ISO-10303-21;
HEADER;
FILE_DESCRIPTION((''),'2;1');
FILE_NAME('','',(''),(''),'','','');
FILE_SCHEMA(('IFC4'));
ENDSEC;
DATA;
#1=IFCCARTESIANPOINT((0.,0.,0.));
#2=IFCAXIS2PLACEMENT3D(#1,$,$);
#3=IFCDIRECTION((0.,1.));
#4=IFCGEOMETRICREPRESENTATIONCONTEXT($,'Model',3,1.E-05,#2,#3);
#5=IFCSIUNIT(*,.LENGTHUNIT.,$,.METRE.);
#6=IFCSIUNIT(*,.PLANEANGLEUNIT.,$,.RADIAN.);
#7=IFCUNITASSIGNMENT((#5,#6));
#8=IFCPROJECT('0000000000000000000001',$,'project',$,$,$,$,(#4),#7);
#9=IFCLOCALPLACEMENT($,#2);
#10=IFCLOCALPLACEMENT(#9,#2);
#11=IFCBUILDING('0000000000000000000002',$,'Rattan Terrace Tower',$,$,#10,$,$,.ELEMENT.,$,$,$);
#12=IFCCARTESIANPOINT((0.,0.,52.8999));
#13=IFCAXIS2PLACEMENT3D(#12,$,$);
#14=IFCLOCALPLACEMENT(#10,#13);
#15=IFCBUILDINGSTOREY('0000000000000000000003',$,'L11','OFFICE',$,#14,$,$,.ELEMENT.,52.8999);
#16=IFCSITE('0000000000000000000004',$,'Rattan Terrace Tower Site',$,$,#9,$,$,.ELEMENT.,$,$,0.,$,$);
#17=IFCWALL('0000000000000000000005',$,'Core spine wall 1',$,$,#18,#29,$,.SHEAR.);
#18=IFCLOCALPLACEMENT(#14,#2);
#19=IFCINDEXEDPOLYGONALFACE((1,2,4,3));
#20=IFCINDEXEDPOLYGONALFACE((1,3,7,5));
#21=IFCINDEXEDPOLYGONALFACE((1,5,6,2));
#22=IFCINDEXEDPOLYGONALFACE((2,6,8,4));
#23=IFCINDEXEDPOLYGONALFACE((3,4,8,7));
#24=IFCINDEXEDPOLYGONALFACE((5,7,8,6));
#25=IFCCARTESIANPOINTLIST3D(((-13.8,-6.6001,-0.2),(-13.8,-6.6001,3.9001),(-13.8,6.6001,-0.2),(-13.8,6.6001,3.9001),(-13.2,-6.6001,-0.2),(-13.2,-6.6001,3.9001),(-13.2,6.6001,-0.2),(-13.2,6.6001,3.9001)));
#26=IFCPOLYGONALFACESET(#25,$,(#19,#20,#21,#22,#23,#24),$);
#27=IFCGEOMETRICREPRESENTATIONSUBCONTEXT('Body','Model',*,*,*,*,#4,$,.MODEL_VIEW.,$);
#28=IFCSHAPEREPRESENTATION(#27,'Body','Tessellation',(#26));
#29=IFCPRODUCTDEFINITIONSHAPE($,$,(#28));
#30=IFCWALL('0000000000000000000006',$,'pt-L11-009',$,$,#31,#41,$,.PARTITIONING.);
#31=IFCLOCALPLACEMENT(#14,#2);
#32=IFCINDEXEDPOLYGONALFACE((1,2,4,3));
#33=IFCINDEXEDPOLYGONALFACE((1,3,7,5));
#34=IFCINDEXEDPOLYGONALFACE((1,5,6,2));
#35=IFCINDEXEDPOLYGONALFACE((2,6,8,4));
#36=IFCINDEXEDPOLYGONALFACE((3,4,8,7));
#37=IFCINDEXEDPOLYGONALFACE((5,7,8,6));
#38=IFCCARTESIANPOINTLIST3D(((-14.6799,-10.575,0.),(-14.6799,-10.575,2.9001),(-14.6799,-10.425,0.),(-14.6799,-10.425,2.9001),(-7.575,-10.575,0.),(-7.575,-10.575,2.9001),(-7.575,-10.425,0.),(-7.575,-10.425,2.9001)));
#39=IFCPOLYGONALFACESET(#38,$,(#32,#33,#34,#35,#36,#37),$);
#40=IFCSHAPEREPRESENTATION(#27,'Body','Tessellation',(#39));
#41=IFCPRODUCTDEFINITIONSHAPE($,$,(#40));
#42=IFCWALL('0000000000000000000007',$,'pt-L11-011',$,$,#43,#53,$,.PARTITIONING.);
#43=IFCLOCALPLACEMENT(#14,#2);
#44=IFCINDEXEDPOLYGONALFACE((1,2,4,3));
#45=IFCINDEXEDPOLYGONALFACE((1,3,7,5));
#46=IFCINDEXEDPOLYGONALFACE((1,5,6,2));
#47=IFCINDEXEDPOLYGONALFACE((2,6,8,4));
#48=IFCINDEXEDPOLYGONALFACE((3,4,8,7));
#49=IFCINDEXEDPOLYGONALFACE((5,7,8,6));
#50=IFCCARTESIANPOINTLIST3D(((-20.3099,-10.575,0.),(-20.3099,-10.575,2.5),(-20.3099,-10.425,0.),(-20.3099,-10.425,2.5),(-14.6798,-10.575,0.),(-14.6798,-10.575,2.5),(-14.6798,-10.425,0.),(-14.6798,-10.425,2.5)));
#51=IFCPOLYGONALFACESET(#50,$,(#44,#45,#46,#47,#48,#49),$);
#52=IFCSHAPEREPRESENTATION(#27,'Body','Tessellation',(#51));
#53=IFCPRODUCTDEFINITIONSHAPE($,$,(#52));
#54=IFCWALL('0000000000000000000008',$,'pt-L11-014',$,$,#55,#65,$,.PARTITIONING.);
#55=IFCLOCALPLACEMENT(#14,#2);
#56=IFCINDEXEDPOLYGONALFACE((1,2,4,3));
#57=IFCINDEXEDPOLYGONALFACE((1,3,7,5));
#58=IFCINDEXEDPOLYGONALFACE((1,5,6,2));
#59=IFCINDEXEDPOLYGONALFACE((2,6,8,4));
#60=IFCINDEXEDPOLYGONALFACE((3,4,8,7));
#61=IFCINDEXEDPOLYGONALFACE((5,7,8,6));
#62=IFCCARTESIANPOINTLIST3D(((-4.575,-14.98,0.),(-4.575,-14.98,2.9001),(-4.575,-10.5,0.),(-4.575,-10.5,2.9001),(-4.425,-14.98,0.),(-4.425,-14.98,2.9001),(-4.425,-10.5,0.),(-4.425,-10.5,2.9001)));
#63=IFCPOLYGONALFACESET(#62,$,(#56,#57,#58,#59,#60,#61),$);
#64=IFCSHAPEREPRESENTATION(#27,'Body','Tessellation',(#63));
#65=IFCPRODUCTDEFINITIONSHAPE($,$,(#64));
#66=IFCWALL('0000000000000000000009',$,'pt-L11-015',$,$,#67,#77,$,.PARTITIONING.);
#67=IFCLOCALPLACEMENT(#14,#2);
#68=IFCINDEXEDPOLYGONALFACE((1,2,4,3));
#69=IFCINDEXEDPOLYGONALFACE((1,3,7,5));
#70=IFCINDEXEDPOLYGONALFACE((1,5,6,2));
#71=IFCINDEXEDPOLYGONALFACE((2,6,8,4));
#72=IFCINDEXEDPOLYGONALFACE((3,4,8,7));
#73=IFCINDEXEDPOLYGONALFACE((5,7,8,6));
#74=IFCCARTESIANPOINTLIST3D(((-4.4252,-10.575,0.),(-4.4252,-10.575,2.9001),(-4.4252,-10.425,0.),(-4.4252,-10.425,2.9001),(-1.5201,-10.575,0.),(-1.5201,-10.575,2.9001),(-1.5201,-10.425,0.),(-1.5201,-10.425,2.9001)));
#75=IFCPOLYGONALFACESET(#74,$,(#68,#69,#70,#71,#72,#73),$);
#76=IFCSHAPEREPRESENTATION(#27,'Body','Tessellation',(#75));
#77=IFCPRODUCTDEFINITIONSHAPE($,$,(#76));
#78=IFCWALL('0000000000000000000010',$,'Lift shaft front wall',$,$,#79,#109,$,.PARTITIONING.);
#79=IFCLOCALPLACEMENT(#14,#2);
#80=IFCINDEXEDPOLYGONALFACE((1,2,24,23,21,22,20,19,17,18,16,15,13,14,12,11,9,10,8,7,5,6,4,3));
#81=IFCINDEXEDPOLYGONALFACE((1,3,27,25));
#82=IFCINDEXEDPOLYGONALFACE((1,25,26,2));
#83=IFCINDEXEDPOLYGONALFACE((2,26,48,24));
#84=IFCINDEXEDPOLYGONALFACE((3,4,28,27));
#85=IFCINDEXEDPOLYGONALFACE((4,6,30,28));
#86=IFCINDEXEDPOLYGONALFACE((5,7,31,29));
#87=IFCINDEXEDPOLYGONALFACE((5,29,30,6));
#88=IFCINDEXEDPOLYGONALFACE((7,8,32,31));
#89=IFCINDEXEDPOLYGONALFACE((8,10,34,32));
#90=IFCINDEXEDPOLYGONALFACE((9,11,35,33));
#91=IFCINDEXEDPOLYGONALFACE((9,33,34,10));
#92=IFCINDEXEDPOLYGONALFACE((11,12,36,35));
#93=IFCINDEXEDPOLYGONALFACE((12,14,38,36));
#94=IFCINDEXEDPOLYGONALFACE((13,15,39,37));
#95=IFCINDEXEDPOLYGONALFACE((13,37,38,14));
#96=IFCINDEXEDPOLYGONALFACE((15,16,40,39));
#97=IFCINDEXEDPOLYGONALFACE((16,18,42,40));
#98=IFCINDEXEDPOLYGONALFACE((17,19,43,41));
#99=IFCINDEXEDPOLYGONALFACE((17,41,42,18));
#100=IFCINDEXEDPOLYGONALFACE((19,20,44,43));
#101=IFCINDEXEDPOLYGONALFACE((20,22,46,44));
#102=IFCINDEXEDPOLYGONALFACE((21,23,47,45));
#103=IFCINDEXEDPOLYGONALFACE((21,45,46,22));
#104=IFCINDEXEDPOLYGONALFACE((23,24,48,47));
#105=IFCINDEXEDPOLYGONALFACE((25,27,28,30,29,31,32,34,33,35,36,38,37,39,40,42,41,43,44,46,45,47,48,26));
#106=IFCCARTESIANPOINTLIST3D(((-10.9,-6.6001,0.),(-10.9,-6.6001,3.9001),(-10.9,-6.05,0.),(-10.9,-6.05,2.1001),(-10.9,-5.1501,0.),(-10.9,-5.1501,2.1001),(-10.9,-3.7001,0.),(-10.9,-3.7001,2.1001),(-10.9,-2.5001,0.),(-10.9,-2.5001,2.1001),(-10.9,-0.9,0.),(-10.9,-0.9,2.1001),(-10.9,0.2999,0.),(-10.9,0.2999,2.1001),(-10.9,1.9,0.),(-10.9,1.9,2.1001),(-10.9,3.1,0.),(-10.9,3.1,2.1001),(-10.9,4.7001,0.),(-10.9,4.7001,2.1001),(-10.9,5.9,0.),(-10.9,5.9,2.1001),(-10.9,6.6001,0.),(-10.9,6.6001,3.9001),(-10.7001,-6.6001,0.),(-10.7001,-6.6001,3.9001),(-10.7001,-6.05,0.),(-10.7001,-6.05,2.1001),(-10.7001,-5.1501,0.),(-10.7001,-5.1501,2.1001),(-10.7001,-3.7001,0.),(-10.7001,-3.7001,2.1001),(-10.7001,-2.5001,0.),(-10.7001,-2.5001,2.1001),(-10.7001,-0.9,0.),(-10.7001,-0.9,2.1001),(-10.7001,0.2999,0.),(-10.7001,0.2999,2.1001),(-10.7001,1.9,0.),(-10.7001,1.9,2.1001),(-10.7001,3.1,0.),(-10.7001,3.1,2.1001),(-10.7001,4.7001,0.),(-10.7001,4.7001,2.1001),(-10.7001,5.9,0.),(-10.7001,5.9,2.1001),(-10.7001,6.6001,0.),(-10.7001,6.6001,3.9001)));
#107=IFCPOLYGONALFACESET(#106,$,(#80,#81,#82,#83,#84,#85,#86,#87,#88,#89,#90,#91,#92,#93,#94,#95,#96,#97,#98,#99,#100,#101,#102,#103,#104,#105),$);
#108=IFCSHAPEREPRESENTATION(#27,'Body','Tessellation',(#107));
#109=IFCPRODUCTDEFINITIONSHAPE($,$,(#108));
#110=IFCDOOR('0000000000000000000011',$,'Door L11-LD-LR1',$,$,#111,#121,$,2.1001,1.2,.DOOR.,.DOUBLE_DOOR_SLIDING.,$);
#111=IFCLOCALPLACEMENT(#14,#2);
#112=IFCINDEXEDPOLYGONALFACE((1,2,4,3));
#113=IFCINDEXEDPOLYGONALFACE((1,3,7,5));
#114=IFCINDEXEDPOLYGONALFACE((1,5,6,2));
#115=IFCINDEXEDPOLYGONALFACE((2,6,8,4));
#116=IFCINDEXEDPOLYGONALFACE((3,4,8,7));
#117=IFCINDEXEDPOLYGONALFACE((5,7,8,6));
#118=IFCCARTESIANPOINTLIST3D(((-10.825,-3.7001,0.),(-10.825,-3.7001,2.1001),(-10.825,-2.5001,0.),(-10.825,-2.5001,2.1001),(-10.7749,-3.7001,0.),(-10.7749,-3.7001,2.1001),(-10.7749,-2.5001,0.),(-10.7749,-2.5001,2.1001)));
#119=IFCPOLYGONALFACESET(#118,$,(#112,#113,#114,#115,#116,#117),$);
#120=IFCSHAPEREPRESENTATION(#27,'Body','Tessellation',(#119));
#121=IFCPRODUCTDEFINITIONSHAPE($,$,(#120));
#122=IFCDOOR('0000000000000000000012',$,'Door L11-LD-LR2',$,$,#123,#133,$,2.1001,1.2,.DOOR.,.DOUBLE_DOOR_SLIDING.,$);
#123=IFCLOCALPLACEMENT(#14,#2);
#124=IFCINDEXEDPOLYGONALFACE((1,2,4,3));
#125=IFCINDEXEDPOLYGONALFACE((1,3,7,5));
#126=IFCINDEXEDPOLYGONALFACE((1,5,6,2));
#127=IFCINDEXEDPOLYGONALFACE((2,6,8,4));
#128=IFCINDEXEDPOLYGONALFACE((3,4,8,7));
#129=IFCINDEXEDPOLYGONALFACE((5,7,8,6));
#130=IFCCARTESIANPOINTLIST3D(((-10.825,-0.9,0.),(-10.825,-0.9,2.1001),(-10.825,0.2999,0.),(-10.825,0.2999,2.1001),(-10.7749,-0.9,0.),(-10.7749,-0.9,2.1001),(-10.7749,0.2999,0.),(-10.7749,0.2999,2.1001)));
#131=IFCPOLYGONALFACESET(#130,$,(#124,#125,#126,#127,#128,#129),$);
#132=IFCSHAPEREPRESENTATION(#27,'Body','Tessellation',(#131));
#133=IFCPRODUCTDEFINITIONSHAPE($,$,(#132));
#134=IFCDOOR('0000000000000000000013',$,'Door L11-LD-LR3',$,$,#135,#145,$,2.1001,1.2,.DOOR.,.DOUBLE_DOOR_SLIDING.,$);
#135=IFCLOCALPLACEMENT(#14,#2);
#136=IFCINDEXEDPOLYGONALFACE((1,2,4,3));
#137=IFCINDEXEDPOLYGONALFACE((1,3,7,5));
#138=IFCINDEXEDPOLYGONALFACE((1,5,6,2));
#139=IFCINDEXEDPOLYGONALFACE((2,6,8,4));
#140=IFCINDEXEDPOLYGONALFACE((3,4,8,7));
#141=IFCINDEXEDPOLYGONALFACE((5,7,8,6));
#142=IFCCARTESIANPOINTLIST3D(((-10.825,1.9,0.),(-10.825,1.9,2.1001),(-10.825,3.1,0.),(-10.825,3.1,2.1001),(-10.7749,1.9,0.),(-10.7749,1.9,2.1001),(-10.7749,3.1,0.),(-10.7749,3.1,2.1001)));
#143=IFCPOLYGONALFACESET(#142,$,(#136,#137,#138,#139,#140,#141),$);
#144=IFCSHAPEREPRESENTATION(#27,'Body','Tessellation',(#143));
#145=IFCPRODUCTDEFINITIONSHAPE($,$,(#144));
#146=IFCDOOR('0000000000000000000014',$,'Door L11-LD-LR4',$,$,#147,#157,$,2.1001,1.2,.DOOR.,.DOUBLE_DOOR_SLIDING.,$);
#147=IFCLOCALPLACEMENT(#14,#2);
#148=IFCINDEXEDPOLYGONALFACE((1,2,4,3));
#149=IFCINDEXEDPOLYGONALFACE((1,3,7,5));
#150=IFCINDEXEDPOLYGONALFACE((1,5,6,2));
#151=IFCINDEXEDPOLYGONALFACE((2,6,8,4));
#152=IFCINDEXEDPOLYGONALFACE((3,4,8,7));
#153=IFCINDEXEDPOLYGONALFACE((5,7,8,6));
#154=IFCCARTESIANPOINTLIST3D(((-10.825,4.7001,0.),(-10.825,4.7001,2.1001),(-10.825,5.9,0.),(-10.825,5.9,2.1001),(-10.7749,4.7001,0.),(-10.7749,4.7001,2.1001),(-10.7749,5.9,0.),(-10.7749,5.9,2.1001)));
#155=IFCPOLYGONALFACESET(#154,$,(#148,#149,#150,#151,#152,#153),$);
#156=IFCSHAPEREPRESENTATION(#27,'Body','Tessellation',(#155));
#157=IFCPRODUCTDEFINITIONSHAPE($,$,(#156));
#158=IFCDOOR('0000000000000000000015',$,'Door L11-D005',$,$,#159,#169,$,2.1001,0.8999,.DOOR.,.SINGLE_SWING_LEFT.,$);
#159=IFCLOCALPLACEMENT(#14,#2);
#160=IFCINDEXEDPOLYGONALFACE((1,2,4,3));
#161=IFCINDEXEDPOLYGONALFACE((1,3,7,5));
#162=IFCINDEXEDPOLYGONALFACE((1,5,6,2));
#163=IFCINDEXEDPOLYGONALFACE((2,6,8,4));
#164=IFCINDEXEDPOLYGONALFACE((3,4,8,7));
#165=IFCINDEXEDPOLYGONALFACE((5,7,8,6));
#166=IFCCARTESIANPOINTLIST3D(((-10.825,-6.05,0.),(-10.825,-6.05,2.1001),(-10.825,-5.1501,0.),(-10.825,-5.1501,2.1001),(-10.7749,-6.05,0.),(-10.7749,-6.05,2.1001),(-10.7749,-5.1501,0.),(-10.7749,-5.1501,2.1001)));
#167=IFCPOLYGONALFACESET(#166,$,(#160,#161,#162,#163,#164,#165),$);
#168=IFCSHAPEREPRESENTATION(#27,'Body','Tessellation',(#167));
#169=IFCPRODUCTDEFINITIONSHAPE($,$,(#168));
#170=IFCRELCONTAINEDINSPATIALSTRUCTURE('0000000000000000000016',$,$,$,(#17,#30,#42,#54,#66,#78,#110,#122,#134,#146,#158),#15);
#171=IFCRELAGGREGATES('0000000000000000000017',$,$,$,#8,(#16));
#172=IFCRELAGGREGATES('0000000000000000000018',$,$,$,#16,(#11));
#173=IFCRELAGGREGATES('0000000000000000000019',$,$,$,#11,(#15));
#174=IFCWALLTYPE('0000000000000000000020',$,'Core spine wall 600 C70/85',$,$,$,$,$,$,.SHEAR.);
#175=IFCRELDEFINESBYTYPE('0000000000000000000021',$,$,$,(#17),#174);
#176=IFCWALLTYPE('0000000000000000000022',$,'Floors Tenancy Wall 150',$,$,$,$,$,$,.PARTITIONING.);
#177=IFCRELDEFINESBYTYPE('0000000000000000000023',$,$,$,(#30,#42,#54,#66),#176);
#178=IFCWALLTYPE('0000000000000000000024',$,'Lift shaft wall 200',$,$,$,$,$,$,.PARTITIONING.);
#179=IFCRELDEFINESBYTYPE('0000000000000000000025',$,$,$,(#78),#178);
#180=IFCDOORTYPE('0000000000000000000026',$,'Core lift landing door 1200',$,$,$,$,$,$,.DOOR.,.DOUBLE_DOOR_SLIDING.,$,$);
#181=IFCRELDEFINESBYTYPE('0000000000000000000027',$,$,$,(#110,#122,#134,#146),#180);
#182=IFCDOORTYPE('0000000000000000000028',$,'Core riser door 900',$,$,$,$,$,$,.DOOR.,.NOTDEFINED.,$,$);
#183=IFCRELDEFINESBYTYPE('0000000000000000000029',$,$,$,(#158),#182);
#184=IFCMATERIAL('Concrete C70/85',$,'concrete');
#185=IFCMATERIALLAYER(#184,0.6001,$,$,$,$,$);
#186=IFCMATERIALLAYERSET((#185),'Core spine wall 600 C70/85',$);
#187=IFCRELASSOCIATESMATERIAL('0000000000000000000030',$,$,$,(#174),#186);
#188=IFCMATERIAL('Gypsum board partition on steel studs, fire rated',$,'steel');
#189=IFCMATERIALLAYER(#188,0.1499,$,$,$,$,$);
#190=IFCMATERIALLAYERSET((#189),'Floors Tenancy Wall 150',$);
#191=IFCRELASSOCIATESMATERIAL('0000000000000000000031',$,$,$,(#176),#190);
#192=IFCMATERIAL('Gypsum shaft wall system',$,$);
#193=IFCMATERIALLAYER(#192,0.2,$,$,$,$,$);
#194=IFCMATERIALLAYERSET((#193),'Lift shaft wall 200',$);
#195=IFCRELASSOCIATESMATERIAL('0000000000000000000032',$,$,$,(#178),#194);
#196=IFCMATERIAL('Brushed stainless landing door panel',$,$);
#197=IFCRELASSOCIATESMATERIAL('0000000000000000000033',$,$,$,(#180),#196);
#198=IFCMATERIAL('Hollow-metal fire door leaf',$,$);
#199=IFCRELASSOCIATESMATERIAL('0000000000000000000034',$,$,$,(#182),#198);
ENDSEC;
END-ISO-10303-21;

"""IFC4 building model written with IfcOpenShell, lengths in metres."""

from ifc_helpers import new_model, si_unit, direction, frame, frame_2d, origin, place, context, subcontext, project, spatial, rectangle, extrude, material, layer, layer_set, type_object, element, fill, save


model = new_model("IFC4")

# Units and contexts
model_context = context("Model", 3, precision=1e-05, world=origin(), true_north=direction((0.0, 1.0)))
body_context = subcontext(model_context, "Body", "Model", "MODEL_VIEW")
ifc_project = project(units=[si_unit("LENGTHUNIT", "METRE"), si_unit("PLANEANGLEUNIT", "RADIAN")], contexts=[model_context])

# Site, building, storey
site_placement = place(None, origin())
site = spatial("IfcSite", under=ifc_project, at=site_placement, Name="Rattan Terrace Tower Site", CompositionType="ELEMENT", RefElevation=0.0)
building_placement = place(site_placement, origin())
building = spatial("IfcBuilding", under=site, at=building_placement, Name="Rattan Terrace Tower", CompositionType="ELEMENT")
storey_placement = place(building_placement, frame((0.0, 0.0, 52.8999)))
storey = spatial("IfcBuildingStorey", under=building, at=storey_placement, Name="L11", Description="OFFICE", CompositionType="ELEMENT", Elevation=52.8999)

# Walls
ifc_material_1 = material(Name="Concrete C70/85", Category="concrete")
ifc_layer_1 = layer(ifc_material_1, 0.6001)
ifc_layer_set_1 = layer_set([ifc_layer_1], Name="Core spine wall 600 C70/85")
wall_type_1 = type_object("IfcWallType", Name="Core spine wall 600 C70/85", PredefinedType="SHEAR", material=ifc_layer_set_1)
wall_1_placement = place(storey_placement, frame((-13.5, -6.6001, -0.2), z_axis=(0.0, 0.0, 1.0), x_axis=(0.0, 1.0, 0.0)))
element("IfcWall", 1, at=wall_1_placement, inside=storey, type_object=wall_type_1, Name="Core spine wall 1", PredefinedType="SHEAR", context=body_context, shape_type="SweptSolid", body=[
    extrude(rectangle(XDim=13.2002, YDim=0.6001, at=frame_2d((6.6001, 0.0))), origin(), (0.0, 0.0, 1.0), 4.1001),
])
ifc_material_2 = material(Name="Gypsum board partition on steel studs, fire rated", Category="steel")
ifc_layer_2 = layer(ifc_material_2, 0.1499)
ifc_layer_set_2 = layer_set([ifc_layer_2], Name="Floors Tenancy Wall 150")
wall_type_2 = type_object("IfcWallType", Name="Floors Tenancy Wall 150", PredefinedType="PARTITIONING", material=ifc_layer_set_2)
wall_2_placement = place(storey_placement, frame((-7.575, -10.5, 0.0), z_axis=(0.0, 0.0, 1.0), x_axis=(-1.0, 0.0, 0.0)))
element("IfcWall", 2, at=wall_2_placement, inside=storey, type_object=wall_type_2, Name="pt-L11-009", PredefinedType="PARTITIONING", context=body_context, shape_type="SweptSolid", body=[
    extrude(rectangle(XDim=7.105, YDim=0.1499, at=frame_2d((3.5525, 0.0))), origin(), (0.0, 0.0, 1.0), 2.9001),
])
wall_3_placement = place(storey_placement, frame((-14.6799, -10.5, 0.0), z_axis=(0.0, 0.0, 1.0), x_axis=(-1.0, 0.0, 0.0)))
element("IfcWall", 3, at=wall_3_placement, inside=storey, type_object=wall_type_2, Name="pt-L11-011", PredefinedType="PARTITIONING", context=body_context, shape_type="SweptSolid", body=[
    extrude(rectangle(XDim=5.6301, YDim=0.1499, at=frame_2d((2.8149, 0.0))), origin(), (0.0, 0.0, 1.0), 2.5),
])
wall_4_placement = place(storey_placement, frame((-4.5, -10.5, 0.0), z_axis=(0.0, 0.0, 1.0), x_axis=(0.0, -1.0, 0.0)))
element("IfcWall", 4, at=wall_4_placement, inside=storey, type_object=wall_type_2, Name="pt-L11-014", PredefinedType="PARTITIONING", context=body_context, shape_type="SweptSolid", body=[
    extrude(rectangle(XDim=4.48, YDim=0.1499, at=frame_2d((2.24, 0.0))), origin(), (0.0, 0.0, 1.0), 2.9001),
])
wall_5_placement = place(storey_placement, frame((-1.52, -10.5, 0.0), z_axis=(0.0, 0.0, 1.0), x_axis=(-1.0, 0.0, 0.0)))
element("IfcWall", 5, at=wall_5_placement, inside=storey, type_object=wall_type_2, Name="pt-L11-015", PredefinedType="PARTITIONING", context=body_context, shape_type="SweptSolid", body=[
    extrude(rectangle(XDim=2.905, YDim=0.1499, at=frame_2d((1.4526, 0.0))), origin(), (0.0, 0.0, 1.0), 2.9001),
])

# Wall, openings, doors
ifc_material_3 = material(Name="Gypsum shaft wall system")
ifc_layer_3 = layer(ifc_material_3, 0.2)
ifc_layer_set_3 = layer_set([ifc_layer_3], Name="Lift shaft wall 200")
wall_type_3 = type_object("IfcWallType", Name="Lift shaft wall 200", PredefinedType="PARTITIONING", material=ifc_layer_set_3)
wall_6_placement = place(storey_placement, frame((-10.8, -6.6001, 0.0), z_axis=(0.0, 0.0, 1.0), x_axis=(0.0, 1.0, 0.0)))
wall_6 = element("IfcWall", 6, at=wall_6_placement, inside=storey, type_object=wall_type_3, Name="Lift shaft front wall", PredefinedType="PARTITIONING", context=body_context, shape_type="SweptSolid", body=[
    extrude(rectangle(XDim=13.2002, YDim=0.2, at=frame_2d((6.6001, 0.0))), origin(), (0.0, 0.0, 1.0), 3.9001),
])
opening_1_placement = place(wall_6_placement, frame((0.55, 0.0, 0.0)))
opening_1 = element("IfcOpeningElement", 7, at=opening_1_placement, cuts=wall_6, PredefinedType="OPENING", context=body_context, shape_type="SweptSolid", body=[
    extrude(rectangle(XDim=0.8999, YDim=2.1001, at=frame_2d((0.45, 1.05))), frame((0.0, 0.1106, 0.0), z_axis=(0.0, -1.0, 0.0), x_axis=(1.0, 0.0, 0.0)), (0.0, 0.0, 1.0), 0.2209),
])
opening_2_placement = place(wall_6_placement, frame((2.8999, 0.0, 0.0)))
opening_2 = element("IfcOpeningElement", 8, at=opening_2_placement, cuts=wall_6, PredefinedType="OPENING", context=body_context, shape_type="SweptSolid", body=[
    extrude(rectangle(XDim=1.2, YDim=2.1001, at=frame_2d((0.6001, 1.05))), frame((0.0, 0.1106, 0.0), z_axis=(0.0, -1.0, 0.0), x_axis=(1.0, 0.0, 0.0)), (0.0, 0.0, 1.0), 0.2209),
])
opening_3_placement = place(wall_6_placement, frame((5.7, 0.0, 0.0)))
opening_3 = element("IfcOpeningElement", 9, at=opening_3_placement, cuts=wall_6, PredefinedType="OPENING", context=body_context, shape_type="SweptSolid", body=[
    extrude(rectangle(XDim=1.2, YDim=2.1001, at=frame_2d((0.6001, 1.05))), frame((0.0, 0.1106, 0.0), z_axis=(0.0, -1.0, 0.0), x_axis=(1.0, 0.0, 0.0)), (0.0, 0.0, 1.0), 0.2209),
])
opening_4_placement = place(wall_6_placement, frame((8.5, 0.0, 0.0)))
opening_4 = element("IfcOpeningElement", 10, at=opening_4_placement, cuts=wall_6, PredefinedType="OPENING", context=body_context, shape_type="SweptSolid", body=[
    extrude(rectangle(XDim=1.2, YDim=2.1001, at=frame_2d((0.6001, 1.05))), frame((0.0, 0.1106, 0.0), z_axis=(0.0, -1.0, 0.0), x_axis=(1.0, 0.0, 0.0)), (0.0, 0.0, 1.0), 0.2209),
])
opening_5_placement = place(wall_6_placement, frame((11.3, 0.0, 0.0)))
opening_5 = element("IfcOpeningElement", 11, at=opening_5_placement, cuts=wall_6, PredefinedType="OPENING", context=body_context, shape_type="SweptSolid", body=[
    extrude(rectangle(XDim=1.2, YDim=2.1001, at=frame_2d((0.6001, 1.05))), frame((0.0, 0.1106, 0.0), z_axis=(0.0, -1.0, 0.0), x_axis=(1.0, 0.0, 0.0)), (0.0, 0.0, 1.0), 0.2209),
])
ifc_material_4 = material(Name="Brushed stainless landing door panel")
door_type_1 = type_object("IfcDoorType", Name="Core lift landing door 1200", OperationType="DOUBLE_DOOR_SLIDING", PredefinedType="DOOR", material=ifc_material_4)
door_1_placement = place(opening_2_placement, origin())
door_1 = element("IfcDoor", 12, at=door_1_placement, inside=storey, type_object=door_type_1, Name="Door L11-LD-LR1", OperationType="DOUBLE_DOOR_SLIDING", OverallHeight=2.1001, OverallWidth=1.2, PredefinedType="DOOR", context=body_context, shape_type="SweptSolid", body=[
    extrude(rectangle(XDim=1.2, YDim=2.1001, at=frame_2d((0.6001, 1.05))), frame((0.0, 0.0249, 0.0), z_axis=(0.0, -1.0, 0.0), x_axis=(1.0, 0.0, 0.0)), (0.0, 0.0, 1.0), 0.05),
])
fill(opening_2, door_1)
door_2_placement = place(opening_3_placement, origin())
door_2 = element("IfcDoor", 13, at=door_2_placement, inside=storey, type_object=door_type_1, Name="Door L11-LD-LR2", OperationType="DOUBLE_DOOR_SLIDING", OverallHeight=2.1001, OverallWidth=1.2, PredefinedType="DOOR", context=body_context, shape_type="SweptSolid", body=[
    extrude(rectangle(XDim=1.2, YDim=2.1001, at=frame_2d((0.6001, 1.05))), frame((0.0, 0.0249, 0.0), z_axis=(0.0, -1.0, 0.0), x_axis=(1.0, 0.0, 0.0)), (0.0, 0.0, 1.0), 0.05),
])
fill(opening_3, door_2)
door_3_placement = place(opening_4_placement, origin())
door_3 = element("IfcDoor", 14, at=door_3_placement, inside=storey, type_object=door_type_1, Name="Door L11-LD-LR3", OperationType="DOUBLE_DOOR_SLIDING", OverallHeight=2.1001, OverallWidth=1.2, PredefinedType="DOOR", context=body_context, shape_type="SweptSolid", body=[
    extrude(rectangle(XDim=1.2, YDim=2.1001, at=frame_2d((0.6001, 1.05))), frame((0.0, 0.0249, 0.0), z_axis=(0.0, -1.0, 0.0), x_axis=(1.0, 0.0, 0.0)), (0.0, 0.0, 1.0), 0.05),
])
fill(opening_4, door_3)
door_4_placement = place(opening_5_placement, origin())
door_4 = element("IfcDoor", 15, at=door_4_placement, inside=storey, type_object=door_type_1, Name="Door L11-LD-LR4", OperationType="DOUBLE_DOOR_SLIDING", OverallHeight=2.1001, OverallWidth=1.2, PredefinedType="DOOR", context=body_context, shape_type="SweptSolid", body=[
    extrude(rectangle(XDim=1.2, YDim=2.1001, at=frame_2d((0.6001, 1.05))), frame((0.0, 0.0249, 0.0), z_axis=(0.0, -1.0, 0.0), x_axis=(1.0, 0.0, 0.0)), (0.0, 0.0, 1.0), 0.05),
])
fill(opening_5, door_4)
ifc_material_5 = material(Name="Hollow-metal fire door leaf")
door_type_2 = type_object("IfcDoorType", Name="Core riser door 900", OperationType="NOTDEFINED", PredefinedType="DOOR", material=ifc_material_5)
door_5_placement = place(opening_1_placement, origin())
door_5 = element("IfcDoor", 16, at=door_5_placement, inside=storey, type_object=door_type_2, Name="Door L11-D005", OperationType="SINGLE_SWING_LEFT", OverallHeight=2.1001, OverallWidth=0.8999, PredefinedType="DOOR", context=body_context, shape_type="SweptSolid", body=[
    extrude(rectangle(XDim=0.8999, YDim=2.1001, at=frame_2d((0.45, 1.05))), frame((0.0, 0.0249, 0.0), z_axis=(0.0, -1.0, 0.0), x_axis=(1.0, 0.0, 0.0)), (0.0, 0.0, 1.0), 0.05),
])
fill(opening_1, door_5)

save(model, "model.ifc")
